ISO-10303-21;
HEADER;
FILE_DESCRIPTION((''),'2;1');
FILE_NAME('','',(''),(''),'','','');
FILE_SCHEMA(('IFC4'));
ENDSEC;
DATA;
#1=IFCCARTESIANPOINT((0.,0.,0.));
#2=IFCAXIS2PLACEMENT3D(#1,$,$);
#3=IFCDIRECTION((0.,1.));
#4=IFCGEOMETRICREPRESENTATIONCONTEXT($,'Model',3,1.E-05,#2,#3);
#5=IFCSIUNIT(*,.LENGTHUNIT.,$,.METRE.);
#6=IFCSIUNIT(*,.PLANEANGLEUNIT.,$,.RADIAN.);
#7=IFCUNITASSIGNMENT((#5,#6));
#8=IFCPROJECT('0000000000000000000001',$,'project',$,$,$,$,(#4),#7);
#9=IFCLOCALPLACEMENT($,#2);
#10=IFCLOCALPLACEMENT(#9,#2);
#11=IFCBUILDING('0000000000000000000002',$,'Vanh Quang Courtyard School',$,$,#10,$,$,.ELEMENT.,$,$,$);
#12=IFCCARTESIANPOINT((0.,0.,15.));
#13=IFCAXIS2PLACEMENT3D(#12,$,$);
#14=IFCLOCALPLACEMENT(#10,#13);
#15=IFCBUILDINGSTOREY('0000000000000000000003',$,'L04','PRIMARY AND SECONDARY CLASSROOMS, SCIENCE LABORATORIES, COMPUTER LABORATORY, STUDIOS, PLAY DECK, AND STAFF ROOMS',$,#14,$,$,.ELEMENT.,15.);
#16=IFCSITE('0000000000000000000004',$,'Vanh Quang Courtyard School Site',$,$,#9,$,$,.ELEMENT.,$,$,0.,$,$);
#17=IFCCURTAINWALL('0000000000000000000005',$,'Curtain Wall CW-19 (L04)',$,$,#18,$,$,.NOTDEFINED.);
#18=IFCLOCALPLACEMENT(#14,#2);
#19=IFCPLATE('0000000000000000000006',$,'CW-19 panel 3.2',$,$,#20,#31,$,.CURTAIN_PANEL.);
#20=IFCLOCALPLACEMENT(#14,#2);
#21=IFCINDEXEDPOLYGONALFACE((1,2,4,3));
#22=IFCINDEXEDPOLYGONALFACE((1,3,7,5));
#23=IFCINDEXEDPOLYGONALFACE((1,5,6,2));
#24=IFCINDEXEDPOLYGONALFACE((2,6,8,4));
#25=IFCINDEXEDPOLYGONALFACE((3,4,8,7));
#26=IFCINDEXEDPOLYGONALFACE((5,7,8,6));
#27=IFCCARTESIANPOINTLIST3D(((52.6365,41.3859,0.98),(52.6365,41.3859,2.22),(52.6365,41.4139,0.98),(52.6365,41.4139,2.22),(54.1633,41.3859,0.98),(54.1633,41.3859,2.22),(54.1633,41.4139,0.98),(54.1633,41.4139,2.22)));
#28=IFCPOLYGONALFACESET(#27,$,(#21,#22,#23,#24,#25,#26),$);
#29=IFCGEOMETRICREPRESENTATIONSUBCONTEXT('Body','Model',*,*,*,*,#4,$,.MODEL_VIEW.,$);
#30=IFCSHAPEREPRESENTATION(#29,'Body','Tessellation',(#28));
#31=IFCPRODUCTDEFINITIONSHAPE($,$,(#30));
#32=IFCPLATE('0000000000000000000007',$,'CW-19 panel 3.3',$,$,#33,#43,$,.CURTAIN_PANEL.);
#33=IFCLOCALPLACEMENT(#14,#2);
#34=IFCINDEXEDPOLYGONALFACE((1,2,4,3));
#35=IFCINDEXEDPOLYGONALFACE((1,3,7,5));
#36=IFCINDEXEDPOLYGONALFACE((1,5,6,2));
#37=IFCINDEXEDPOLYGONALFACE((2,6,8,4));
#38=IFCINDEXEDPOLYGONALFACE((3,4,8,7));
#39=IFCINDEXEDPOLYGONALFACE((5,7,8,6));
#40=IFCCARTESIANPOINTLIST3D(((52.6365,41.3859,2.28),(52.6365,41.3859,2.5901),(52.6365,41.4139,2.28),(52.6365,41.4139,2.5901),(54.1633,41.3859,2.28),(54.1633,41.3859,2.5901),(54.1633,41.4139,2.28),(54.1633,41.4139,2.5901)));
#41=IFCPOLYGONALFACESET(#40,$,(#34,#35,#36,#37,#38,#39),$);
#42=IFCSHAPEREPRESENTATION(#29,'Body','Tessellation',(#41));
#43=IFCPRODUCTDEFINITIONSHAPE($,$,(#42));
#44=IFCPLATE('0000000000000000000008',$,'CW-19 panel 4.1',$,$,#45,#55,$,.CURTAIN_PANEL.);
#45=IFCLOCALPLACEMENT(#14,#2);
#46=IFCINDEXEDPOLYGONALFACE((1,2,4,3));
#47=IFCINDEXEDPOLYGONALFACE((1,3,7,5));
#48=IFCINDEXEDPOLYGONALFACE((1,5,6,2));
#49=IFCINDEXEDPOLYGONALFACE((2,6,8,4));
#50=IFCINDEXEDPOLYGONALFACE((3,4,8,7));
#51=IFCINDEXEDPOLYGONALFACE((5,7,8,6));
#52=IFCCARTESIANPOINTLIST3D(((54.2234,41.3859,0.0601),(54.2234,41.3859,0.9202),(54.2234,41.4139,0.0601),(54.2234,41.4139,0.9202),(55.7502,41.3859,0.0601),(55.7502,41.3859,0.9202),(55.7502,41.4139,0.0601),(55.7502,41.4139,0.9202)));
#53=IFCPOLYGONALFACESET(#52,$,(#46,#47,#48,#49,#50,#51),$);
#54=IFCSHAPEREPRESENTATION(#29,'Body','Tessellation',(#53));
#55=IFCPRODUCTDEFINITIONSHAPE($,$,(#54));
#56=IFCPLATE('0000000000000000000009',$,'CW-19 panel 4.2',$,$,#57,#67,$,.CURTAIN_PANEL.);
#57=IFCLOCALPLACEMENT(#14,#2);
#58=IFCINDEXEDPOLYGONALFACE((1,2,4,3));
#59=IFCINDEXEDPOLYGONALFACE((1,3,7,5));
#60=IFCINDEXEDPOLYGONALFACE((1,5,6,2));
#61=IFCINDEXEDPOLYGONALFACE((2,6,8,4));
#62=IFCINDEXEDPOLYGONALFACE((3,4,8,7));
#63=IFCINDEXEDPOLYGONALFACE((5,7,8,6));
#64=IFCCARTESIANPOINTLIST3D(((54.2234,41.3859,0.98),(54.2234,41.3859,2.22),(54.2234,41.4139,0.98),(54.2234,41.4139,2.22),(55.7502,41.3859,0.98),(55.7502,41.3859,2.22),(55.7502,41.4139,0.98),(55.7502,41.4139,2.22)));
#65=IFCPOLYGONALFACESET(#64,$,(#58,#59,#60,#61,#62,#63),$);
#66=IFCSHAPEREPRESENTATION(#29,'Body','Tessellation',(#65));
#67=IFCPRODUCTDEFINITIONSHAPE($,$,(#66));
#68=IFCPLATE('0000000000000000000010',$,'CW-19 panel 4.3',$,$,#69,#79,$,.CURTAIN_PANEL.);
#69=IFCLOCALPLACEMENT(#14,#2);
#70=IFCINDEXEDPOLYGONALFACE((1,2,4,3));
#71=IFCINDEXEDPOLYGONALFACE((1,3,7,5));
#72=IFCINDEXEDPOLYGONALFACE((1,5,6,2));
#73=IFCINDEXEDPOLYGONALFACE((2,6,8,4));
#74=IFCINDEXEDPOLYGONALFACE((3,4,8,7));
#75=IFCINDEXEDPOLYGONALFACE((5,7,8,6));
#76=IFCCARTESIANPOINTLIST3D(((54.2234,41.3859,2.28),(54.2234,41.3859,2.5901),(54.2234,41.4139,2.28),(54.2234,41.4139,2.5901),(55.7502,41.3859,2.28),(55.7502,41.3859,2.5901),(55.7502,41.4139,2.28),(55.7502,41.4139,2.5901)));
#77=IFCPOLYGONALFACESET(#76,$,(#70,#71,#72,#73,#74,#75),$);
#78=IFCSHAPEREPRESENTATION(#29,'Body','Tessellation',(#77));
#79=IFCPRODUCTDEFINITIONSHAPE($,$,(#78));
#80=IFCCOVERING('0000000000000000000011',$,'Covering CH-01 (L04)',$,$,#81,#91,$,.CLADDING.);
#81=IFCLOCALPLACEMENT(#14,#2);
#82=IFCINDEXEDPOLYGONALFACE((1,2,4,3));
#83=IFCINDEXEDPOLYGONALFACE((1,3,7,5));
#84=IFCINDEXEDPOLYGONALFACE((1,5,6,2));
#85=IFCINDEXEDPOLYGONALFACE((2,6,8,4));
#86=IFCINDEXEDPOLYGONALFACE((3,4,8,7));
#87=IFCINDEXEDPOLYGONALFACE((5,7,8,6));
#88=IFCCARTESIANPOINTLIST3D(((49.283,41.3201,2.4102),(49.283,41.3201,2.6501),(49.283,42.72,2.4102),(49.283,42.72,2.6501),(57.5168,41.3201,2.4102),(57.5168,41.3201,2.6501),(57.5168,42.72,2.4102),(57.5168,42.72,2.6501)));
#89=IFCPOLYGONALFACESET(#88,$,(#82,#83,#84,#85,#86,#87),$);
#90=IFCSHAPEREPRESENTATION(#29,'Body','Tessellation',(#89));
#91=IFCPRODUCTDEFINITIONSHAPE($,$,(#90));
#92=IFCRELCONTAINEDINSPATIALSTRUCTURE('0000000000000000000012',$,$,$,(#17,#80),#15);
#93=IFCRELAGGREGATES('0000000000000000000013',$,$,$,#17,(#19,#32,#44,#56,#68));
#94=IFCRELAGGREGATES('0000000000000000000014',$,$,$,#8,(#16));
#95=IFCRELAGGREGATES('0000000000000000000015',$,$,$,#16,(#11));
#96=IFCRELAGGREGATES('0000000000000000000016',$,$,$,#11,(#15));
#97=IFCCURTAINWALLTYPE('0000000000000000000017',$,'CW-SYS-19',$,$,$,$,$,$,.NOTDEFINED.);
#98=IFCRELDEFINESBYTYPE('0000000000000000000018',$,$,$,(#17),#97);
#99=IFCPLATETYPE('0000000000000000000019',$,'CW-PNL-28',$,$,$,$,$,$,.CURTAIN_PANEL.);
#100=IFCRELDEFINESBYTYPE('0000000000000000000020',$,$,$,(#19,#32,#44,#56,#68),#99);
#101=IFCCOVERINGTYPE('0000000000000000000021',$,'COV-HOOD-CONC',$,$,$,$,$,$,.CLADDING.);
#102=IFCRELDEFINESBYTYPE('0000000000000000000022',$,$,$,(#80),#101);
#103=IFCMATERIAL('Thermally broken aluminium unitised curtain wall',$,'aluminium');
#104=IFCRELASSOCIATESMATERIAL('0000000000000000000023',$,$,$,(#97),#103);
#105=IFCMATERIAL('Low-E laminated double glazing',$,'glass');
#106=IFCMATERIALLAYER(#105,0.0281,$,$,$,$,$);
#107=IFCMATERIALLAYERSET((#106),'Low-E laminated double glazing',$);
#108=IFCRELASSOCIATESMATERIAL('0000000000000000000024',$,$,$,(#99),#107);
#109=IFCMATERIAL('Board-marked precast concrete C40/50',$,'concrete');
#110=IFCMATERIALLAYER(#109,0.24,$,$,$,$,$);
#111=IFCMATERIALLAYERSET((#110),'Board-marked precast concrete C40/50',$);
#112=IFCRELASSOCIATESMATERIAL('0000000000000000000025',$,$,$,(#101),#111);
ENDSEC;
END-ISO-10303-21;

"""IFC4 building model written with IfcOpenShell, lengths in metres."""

from ifc_helpers import new_model, si_unit, direction, frame, origin, origin_2d, place, context, subcontext, project, spatial, rectangle, extrude, material, layer, layer_set, type_object, element, aggregate, save


model = new_model("IFC4")

# Units and contexts
model_context = context("Model", 3, precision=1e-05, world=origin(), true_north=direction((0.0, 1.0)))
body_context = subcontext(model_context, "Body", "Model", "MODEL_VIEW")
ifc_project = project(units=[si_unit("LENGTHUNIT", "METRE"), si_unit("PLANEANGLEUNIT", "RADIAN")], contexts=[model_context])

# Site, building, storey
site_placement = place(None, origin())
site = spatial("IfcSite", under=ifc_project, at=site_placement, Name="Vanh Quang Courtyard School Site", CompositionType="ELEMENT", RefElevation=0.0)
building_placement = place(site_placement, origin())
building = spatial("IfcBuilding", under=site, at=building_placement, Name="Vanh Quang Courtyard School", CompositionType="ELEMENT")
storey_placement = place(building_placement, frame((0.0, 0.0, 15.0)))
storey = spatial("IfcBuildingStorey", under=building, at=storey_placement, Name="L04", Description="PRIMARY AND SECONDARY CLASSROOMS, SCIENCE LABORATORIES, COMPUTER LABORATORY, STUDIOS, PLAY DECK, AND STAFF ROOMS", CompositionType="ELEMENT", Elevation=15.0)

# Curtain wall, plates
ifc_material_1 = material(Name="Thermally broken aluminium unitised curtain wall", Category="aluminium")
curtain_wall_type = type_object("IfcCurtainWallType", Name="CW-SYS-19", PredefinedType="NOTDEFINED", material=ifc_material_1)
curtain_wall_placement = place(storey_placement, origin())
curtain_wall = element("IfcCurtainWall", 1, at=curtain_wall_placement, inside=storey, type_object=curtain_wall_type, Name="Curtain Wall CW-19 (L04)", PredefinedType="NOTDEFINED")
ifc_material_2 = material(Name="Low-E laminated double glazing", Category="glass")
ifc_layer_1 = layer(ifc_material_2, 0.0281)
ifc_layer_set_1 = layer_set([ifc_layer_1], Name="Low-E laminated double glazing")
plate_type = type_object("IfcPlateType", Name="CW-PNL-28", PredefinedType="CURTAIN_PANEL", material=ifc_layer_set_1)
plate_1_placement = place(storey_placement, frame((53.3999, 41.3999, 0.98), z_axis=(0.0, 0.0, 1.0), x_axis=(1.0, 0.0, 0.0)))
plate_1 = element("IfcPlate", 2, at=plate_1_placement, type_object=plate_type, Name="CW-19 panel 3.2", PredefinedType="CURTAIN_PANEL", context=body_context, shape_type="SweptSolid", body=[
    extrude(rectangle(XDim=1.5269, YDim=0.0281, at=origin_2d()), origin(), (0.0, 0.0, 1.0), 1.24),
])
plate_2_placement = place(storey_placement, frame((53.3999, 41.3999, 2.28), z_axis=(0.0, 0.0, 1.0), x_axis=(1.0, 0.0, 0.0)))
plate_2 = element("IfcPlate", 3, at=plate_2_placement, type_object=plate_type, Name="CW-19 panel 3.3", PredefinedType="CURTAIN_PANEL", context=body_context, shape_type="SweptSolid", body=[
    extrude(rectangle(XDim=1.5269, YDim=0.0281, at=origin_2d()), origin(), (0.0, 0.0, 1.0), 0.3101),
])
plate_3_placement = place(storey_placement, frame((54.9868, 41.3999, 0.0601), z_axis=(0.0, 0.0, 1.0), x_axis=(1.0, 0.0, 0.0)))
plate_3 = element("IfcPlate", 4, at=plate_3_placement, type_object=plate_type, Name="CW-19 panel 4.1", PredefinedType="CURTAIN_PANEL", context=body_context, shape_type="SweptSolid", body=[
    extrude(rectangle(XDim=1.5269, YDim=0.0281, at=origin_2d()), origin(), (0.0, 0.0, 1.0), 0.8601),
])
plate_4_placement = place(storey_placement, frame((54.9868, 41.3999, 0.98), z_axis=(0.0, 0.0, 1.0), x_axis=(1.0, 0.0, 0.0)))
plate_4 = element("IfcPlate", 5, at=plate_4_placement, type_object=plate_type, Name="CW-19 panel 4.2", PredefinedType="CURTAIN_PANEL", context=body_context, shape_type="SweptSolid", body=[
    extrude(rectangle(XDim=1.5269, YDim=0.0281, at=origin_2d()), origin(), (0.0, 0.0, 1.0), 1.24),
])
plate_5_placement = place(storey_placement, frame((54.9868, 41.3999, 2.28), z_axis=(0.0, 0.0, 1.0), x_axis=(1.0, 0.0, 0.0)))
plate_5 = element("IfcPlate", 6, at=plate_5_placement, type_object=plate_type, Name="CW-19 panel 4.3", PredefinedType="CURTAIN_PANEL", context=body_context, shape_type="SweptSolid", body=[
    extrude(rectangle(XDim=1.5269, YDim=0.0281, at=origin_2d()), origin(), (0.0, 0.0, 1.0), 0.3101),
])
aggregate(curtain_wall, [plate_1, plate_2, plate_3, plate_4, plate_5])

# Covering
ifc_material_3 = material(Name="Board-marked precast concrete C40/50", Category="concrete")
ifc_layer_2 = layer(ifc_material_3, 0.24)
ifc_layer_set_2 = layer_set([ifc_layer_2], Name="Board-marked precast concrete C40/50")
covering_type = type_object("IfcCoveringType", Name="COV-HOOD-CONC", PredefinedType="CLADDING", material=ifc_layer_set_2)
covering_placement = place(storey_placement, frame((53.3999, 42.02, 2.4102), z_axis=(0.0, 0.0, 1.0), x_axis=(1.0, 0.0, 0.0)))
element("IfcCovering", 7, at=covering_placement, inside=storey, type_object=covering_type, Name="Covering CH-01 (L04)", PredefinedType="CLADDING", context=body_context, shape_type="SweptSolid", body=[
    extrude(rectangle(XDim=8.2339, YDim=1.3999, at=origin_2d()), origin(), (0.0, 0.0, 1.0), 0.24),
])

save(model, "model.ifc")
